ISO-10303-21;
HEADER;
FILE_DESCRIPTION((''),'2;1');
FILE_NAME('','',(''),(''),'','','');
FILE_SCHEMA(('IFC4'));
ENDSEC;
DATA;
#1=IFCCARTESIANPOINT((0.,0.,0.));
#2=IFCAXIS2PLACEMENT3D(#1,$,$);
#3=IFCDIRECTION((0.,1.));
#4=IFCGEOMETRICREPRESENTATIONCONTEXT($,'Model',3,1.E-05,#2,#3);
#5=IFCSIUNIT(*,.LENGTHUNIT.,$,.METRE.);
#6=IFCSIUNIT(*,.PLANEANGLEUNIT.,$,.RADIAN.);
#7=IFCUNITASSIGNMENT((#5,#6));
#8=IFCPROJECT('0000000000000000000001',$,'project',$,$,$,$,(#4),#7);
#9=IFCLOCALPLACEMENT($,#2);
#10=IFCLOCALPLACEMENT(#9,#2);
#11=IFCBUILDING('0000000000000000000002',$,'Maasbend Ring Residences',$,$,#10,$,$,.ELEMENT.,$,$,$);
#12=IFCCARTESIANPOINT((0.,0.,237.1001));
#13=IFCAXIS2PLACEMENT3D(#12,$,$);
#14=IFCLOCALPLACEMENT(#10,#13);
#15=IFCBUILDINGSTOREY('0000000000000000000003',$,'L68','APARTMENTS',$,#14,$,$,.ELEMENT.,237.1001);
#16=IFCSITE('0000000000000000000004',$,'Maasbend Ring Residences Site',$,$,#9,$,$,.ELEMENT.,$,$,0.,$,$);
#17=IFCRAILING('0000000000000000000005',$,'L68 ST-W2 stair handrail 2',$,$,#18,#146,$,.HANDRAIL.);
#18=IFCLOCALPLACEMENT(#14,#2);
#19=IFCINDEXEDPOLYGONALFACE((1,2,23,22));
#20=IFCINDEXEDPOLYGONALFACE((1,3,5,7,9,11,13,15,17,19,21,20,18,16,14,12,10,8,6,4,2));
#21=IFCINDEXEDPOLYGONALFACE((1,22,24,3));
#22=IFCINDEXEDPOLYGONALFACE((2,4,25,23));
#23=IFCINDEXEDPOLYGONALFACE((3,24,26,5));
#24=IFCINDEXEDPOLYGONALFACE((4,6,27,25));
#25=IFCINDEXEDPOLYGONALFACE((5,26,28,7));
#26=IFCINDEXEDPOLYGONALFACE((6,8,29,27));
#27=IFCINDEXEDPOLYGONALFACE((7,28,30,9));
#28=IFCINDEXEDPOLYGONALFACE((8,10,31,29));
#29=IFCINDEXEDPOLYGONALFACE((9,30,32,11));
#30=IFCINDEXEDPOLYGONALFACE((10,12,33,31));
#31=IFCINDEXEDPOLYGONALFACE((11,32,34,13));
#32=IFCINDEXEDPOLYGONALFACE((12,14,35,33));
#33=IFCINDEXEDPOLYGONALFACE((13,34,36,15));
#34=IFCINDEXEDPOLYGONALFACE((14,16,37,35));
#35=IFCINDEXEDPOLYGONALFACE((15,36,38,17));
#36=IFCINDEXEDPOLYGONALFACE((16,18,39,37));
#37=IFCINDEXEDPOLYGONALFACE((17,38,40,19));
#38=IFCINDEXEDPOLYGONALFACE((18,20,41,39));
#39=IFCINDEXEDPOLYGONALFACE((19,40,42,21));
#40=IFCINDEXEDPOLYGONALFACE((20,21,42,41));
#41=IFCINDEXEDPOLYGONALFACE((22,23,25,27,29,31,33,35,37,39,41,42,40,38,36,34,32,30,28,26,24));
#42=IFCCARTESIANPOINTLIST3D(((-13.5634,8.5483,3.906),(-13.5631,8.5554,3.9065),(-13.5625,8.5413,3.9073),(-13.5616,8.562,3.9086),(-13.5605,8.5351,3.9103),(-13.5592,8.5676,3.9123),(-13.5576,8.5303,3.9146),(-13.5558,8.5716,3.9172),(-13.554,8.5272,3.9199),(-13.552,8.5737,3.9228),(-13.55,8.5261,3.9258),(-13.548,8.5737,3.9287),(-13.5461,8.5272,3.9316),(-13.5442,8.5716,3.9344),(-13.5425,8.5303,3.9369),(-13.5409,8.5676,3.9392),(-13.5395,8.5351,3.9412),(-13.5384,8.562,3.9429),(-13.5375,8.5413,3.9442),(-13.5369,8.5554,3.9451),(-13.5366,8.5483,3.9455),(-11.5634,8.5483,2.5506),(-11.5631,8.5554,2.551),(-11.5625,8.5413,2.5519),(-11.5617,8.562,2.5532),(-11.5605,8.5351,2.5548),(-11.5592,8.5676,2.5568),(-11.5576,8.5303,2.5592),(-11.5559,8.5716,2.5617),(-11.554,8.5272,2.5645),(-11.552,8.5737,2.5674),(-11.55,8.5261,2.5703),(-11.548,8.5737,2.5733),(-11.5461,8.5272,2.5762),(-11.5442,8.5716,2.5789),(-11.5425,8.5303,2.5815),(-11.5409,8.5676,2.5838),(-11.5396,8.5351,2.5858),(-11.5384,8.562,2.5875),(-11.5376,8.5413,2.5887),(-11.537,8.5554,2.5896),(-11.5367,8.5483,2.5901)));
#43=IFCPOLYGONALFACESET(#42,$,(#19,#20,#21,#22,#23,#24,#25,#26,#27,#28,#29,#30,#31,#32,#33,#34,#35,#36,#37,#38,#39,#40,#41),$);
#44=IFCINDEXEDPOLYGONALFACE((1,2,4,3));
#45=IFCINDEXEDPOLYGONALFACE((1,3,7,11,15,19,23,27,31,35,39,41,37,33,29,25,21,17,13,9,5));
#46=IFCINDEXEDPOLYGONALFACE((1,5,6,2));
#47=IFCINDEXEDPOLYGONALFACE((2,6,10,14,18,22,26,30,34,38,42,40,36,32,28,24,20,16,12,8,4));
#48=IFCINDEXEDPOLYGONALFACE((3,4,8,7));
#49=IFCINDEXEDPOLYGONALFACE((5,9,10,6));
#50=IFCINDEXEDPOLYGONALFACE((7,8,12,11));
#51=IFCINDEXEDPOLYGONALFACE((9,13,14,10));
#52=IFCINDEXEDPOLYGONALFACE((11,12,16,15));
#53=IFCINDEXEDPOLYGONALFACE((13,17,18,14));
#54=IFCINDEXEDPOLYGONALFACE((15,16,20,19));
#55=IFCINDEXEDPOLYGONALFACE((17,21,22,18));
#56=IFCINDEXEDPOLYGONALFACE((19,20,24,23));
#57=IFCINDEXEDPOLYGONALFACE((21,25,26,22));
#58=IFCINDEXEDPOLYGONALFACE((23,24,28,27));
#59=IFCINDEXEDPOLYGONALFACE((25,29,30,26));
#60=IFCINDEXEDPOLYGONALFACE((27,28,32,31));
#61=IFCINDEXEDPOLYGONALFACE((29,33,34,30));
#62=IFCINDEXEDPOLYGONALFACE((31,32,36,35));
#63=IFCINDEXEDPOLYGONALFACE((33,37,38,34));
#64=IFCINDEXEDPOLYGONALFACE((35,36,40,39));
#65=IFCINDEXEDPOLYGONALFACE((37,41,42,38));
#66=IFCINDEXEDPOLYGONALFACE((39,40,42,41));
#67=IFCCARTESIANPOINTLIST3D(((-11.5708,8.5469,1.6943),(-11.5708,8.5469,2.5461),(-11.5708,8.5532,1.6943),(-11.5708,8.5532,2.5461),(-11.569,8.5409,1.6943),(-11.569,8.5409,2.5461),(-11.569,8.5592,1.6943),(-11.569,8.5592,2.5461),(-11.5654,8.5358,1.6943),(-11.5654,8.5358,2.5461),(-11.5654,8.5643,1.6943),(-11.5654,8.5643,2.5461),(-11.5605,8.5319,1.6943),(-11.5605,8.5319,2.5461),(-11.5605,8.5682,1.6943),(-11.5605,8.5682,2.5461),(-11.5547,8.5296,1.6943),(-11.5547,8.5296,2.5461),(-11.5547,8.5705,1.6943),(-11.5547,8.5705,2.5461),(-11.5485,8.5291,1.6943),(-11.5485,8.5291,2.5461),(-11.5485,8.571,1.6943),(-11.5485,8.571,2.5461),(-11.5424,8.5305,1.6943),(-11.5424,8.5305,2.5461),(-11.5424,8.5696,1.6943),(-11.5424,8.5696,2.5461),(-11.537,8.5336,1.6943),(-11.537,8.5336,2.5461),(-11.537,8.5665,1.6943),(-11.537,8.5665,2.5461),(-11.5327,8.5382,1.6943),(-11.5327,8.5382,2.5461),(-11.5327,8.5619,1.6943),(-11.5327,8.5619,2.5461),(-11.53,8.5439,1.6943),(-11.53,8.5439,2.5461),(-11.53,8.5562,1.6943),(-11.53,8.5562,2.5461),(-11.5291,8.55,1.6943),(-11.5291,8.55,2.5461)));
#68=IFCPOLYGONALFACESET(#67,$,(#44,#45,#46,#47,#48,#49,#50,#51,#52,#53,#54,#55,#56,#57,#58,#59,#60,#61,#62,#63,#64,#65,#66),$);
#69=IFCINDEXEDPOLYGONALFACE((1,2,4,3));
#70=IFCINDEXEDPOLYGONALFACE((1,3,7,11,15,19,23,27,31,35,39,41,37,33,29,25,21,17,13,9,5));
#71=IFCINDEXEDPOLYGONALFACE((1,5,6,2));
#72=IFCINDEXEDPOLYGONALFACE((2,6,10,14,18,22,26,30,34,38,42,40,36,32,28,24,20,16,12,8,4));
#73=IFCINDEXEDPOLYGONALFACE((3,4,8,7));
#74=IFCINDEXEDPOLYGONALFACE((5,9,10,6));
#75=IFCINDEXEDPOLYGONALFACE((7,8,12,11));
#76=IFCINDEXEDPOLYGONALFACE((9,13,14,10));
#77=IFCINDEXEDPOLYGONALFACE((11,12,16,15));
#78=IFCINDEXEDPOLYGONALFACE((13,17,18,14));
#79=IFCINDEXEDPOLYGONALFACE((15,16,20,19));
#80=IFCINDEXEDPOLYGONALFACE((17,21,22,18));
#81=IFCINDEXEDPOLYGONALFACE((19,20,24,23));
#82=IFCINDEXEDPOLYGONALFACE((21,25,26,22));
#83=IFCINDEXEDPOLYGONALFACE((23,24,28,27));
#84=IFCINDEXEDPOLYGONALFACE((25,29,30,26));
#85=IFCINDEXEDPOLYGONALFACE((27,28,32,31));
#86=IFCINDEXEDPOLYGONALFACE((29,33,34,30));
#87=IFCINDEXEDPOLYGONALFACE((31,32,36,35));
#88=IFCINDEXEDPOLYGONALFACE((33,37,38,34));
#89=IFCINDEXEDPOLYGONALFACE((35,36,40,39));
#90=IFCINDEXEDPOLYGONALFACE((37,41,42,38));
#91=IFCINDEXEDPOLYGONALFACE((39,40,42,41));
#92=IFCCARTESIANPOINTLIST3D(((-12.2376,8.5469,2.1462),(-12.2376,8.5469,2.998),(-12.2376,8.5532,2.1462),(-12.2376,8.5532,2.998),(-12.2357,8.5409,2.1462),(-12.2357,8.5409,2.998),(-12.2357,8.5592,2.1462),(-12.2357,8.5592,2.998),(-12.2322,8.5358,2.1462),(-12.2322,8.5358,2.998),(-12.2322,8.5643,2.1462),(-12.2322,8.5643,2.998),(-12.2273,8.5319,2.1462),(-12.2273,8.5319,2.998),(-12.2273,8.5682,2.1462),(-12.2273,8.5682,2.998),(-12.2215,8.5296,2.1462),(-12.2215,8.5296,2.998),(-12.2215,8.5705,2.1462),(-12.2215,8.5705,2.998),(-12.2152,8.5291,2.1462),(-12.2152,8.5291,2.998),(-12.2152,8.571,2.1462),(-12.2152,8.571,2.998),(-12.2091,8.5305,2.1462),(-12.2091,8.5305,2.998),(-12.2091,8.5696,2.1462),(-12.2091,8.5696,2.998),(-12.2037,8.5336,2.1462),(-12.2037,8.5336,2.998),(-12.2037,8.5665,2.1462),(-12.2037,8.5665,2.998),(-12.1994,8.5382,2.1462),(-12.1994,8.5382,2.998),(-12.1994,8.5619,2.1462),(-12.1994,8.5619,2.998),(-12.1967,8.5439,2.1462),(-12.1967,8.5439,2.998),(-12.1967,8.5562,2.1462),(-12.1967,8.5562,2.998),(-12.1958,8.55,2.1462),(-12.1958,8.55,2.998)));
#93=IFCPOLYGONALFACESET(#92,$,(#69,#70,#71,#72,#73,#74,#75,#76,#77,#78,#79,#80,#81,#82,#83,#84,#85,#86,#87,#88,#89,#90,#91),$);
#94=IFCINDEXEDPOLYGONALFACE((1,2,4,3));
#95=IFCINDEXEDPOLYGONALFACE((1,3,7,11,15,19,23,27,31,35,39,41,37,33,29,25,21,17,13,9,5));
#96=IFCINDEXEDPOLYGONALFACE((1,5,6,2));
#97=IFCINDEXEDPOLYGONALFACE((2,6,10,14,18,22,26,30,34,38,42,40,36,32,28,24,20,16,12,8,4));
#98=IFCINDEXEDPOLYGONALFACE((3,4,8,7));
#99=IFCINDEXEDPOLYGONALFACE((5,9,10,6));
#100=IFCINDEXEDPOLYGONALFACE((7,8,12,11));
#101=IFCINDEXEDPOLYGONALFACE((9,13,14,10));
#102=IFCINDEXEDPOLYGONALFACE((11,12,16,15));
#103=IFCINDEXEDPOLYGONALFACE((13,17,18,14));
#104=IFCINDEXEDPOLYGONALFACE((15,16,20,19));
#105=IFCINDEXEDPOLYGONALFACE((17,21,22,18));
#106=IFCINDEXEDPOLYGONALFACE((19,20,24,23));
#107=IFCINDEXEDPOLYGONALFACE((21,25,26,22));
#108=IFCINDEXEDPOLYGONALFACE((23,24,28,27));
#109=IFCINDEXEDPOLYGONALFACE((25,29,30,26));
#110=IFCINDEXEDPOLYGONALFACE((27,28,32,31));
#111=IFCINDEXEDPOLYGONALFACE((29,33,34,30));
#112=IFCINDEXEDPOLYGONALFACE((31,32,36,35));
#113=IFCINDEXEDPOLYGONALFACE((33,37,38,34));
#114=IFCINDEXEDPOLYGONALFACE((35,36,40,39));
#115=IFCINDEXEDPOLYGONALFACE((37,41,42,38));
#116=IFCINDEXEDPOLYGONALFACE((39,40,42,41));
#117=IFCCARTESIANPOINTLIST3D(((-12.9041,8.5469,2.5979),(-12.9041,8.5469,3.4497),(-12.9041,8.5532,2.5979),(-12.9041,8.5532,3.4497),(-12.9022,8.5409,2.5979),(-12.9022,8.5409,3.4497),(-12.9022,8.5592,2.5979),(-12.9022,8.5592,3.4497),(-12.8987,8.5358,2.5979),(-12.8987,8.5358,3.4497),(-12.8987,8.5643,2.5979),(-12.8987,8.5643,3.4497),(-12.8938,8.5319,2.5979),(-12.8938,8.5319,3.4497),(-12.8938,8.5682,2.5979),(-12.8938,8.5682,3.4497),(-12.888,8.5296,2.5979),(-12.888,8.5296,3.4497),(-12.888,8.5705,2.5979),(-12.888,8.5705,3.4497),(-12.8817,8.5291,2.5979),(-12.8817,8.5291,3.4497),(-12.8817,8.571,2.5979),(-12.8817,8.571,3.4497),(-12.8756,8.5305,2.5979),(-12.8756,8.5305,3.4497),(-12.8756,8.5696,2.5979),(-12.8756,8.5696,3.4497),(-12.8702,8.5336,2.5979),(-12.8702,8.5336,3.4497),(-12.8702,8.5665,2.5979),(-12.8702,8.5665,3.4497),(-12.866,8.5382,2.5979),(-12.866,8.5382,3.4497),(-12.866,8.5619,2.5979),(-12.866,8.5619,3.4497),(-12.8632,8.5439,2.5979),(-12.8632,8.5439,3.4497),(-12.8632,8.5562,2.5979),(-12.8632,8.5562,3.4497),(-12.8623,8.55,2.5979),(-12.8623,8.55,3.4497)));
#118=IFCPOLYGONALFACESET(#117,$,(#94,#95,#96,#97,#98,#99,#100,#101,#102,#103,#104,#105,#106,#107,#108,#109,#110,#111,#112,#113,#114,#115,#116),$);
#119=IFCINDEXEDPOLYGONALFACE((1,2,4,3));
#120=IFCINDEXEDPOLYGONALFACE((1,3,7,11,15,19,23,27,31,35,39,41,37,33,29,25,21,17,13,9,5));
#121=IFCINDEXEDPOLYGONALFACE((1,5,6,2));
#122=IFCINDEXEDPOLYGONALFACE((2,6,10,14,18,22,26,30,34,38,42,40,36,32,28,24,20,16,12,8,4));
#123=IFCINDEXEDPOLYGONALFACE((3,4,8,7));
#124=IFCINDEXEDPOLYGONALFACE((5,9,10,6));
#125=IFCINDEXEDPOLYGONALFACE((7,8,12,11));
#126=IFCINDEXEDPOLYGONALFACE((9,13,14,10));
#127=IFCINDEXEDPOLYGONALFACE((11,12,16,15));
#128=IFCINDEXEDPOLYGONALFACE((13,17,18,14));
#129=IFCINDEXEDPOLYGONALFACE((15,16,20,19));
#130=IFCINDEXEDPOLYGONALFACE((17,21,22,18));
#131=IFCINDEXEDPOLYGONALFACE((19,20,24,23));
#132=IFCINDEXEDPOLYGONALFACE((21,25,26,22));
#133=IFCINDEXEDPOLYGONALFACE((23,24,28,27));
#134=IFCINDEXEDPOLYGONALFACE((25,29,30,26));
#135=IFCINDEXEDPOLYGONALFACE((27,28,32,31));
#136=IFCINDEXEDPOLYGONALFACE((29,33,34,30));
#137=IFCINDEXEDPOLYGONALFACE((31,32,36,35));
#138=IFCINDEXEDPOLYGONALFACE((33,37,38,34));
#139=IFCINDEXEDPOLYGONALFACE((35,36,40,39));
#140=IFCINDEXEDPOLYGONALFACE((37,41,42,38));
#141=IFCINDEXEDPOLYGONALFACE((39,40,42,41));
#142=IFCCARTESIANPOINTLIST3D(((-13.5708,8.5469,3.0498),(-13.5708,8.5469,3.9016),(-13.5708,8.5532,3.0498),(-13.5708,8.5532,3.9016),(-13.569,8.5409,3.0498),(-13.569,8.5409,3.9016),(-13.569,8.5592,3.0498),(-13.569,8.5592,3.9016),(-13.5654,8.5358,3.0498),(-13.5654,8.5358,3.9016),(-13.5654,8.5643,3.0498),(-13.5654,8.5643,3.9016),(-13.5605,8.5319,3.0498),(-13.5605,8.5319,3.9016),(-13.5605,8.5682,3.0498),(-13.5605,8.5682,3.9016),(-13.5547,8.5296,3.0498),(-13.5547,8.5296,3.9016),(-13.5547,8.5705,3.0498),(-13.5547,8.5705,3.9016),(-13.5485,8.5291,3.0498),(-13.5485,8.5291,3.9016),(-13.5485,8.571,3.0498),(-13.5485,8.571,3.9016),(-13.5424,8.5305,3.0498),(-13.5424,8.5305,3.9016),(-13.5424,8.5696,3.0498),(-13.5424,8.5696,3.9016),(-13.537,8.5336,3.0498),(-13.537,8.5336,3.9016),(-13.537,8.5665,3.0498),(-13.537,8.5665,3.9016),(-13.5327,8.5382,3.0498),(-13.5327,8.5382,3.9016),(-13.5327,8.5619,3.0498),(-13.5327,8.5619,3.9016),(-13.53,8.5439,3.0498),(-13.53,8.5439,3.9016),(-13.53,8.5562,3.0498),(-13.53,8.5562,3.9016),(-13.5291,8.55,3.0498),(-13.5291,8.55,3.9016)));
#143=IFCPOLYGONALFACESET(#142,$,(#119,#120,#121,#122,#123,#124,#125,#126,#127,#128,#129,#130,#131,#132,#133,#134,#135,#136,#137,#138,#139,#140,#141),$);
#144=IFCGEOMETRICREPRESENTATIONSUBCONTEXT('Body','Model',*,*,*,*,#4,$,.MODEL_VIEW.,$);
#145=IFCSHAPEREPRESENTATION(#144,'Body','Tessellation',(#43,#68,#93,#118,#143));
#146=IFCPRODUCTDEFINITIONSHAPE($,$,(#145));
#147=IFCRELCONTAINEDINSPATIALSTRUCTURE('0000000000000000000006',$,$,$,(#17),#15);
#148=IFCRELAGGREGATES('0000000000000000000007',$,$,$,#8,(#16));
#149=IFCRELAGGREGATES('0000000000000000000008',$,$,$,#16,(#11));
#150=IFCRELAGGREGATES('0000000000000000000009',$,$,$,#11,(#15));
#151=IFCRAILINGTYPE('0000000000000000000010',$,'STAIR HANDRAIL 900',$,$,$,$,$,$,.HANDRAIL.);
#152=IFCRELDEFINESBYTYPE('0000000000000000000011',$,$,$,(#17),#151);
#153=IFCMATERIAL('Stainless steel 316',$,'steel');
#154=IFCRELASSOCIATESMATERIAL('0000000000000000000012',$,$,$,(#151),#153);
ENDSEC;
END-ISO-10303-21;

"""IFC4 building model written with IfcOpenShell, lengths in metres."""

from ifc_helpers import new_model, si_unit, direction, frame, origin, origin_2d, place, context, subcontext, project, spatial, circle, extrude, material, type_object, element, save


model = new_model("IFC4")

# Units and contexts
model_context = context("Model", 3, precision=1e-05, world=origin(), true_north=direction((0.0, 1.0)))
body_context = subcontext(model_context, "Body", "Model", "MODEL_VIEW")
ifc_project = project(units=[si_unit("LENGTHUNIT", "METRE"), si_unit("PLANEANGLEUNIT", "RADIAN")], contexts=[model_context])

# Site, building, storey
site_placement = place(None, origin())
site = spatial("IfcSite", under=ifc_project, at=site_placement, Name="Maasbend Ring Residences Site", CompositionType="ELEMENT", RefElevation=0.0)
building_placement = place(site_placement, origin())
building = spatial("IfcBuilding", under=site, at=building_placement, Name="Maasbend Ring Residences", CompositionType="ELEMENT")
storey_placement = place(building_placement, frame((0.0, 0.0, 237.1001)))
storey = spatial("IfcBuildingStorey", under=building, at=storey_placement, Name="L68", Description="APARTMENTS", CompositionType="ELEMENT", Elevation=237.1001)

# Railing
ifc_material_1 = material(Name="Stainless steel 316", Category="steel")
railing_type = type_object("IfcRailingType", Name="STAIR HANDRAIL 900", PredefinedType="HANDRAIL", material=ifc_material_1)
railing_1_placement = place(storey_placement, frame((-11.55, 8.55, 1.6943)))
element("IfcRailing", 1, at=railing_1_placement, inside=storey, type_object=railing_type, Name="L68 ST-W2 stair handrail 2", PredefinedType="HANDRAIL", context=body_context, shape_type="SweptSolid", body=[
    extrude(circle(Radius=0.0239, at=origin_2d()), frame((0.0, 0.0, 0.876), z_axis=(-0.827798, 0.0, 0.561027), x_axis=(0.0, -1.0, 0.0)), (0.0, 0.0, 1.0), 2.416),
    extrude(circle(Radius=0.021, at=origin_2d()), origin(), (0.0, 0.0, 1.0), 0.8518),
    extrude(circle(Radius=0.021, at=origin_2d()), frame((-0.6667, 0.0, 0.4519)), (0.0, 0.0, 1.0), 0.8518),
    extrude(circle(Radius=0.021, at=origin_2d()), frame((-1.3333, 0.0, 0.9036)), (0.0, 0.0, 1.0), 0.8518),
    extrude(circle(Radius=0.021, at=origin_2d()), frame((-2.0, 0.0, 1.3555)), (0.0, 0.0, 1.0), 0.8518),
])

save(model, "model.ifc")
